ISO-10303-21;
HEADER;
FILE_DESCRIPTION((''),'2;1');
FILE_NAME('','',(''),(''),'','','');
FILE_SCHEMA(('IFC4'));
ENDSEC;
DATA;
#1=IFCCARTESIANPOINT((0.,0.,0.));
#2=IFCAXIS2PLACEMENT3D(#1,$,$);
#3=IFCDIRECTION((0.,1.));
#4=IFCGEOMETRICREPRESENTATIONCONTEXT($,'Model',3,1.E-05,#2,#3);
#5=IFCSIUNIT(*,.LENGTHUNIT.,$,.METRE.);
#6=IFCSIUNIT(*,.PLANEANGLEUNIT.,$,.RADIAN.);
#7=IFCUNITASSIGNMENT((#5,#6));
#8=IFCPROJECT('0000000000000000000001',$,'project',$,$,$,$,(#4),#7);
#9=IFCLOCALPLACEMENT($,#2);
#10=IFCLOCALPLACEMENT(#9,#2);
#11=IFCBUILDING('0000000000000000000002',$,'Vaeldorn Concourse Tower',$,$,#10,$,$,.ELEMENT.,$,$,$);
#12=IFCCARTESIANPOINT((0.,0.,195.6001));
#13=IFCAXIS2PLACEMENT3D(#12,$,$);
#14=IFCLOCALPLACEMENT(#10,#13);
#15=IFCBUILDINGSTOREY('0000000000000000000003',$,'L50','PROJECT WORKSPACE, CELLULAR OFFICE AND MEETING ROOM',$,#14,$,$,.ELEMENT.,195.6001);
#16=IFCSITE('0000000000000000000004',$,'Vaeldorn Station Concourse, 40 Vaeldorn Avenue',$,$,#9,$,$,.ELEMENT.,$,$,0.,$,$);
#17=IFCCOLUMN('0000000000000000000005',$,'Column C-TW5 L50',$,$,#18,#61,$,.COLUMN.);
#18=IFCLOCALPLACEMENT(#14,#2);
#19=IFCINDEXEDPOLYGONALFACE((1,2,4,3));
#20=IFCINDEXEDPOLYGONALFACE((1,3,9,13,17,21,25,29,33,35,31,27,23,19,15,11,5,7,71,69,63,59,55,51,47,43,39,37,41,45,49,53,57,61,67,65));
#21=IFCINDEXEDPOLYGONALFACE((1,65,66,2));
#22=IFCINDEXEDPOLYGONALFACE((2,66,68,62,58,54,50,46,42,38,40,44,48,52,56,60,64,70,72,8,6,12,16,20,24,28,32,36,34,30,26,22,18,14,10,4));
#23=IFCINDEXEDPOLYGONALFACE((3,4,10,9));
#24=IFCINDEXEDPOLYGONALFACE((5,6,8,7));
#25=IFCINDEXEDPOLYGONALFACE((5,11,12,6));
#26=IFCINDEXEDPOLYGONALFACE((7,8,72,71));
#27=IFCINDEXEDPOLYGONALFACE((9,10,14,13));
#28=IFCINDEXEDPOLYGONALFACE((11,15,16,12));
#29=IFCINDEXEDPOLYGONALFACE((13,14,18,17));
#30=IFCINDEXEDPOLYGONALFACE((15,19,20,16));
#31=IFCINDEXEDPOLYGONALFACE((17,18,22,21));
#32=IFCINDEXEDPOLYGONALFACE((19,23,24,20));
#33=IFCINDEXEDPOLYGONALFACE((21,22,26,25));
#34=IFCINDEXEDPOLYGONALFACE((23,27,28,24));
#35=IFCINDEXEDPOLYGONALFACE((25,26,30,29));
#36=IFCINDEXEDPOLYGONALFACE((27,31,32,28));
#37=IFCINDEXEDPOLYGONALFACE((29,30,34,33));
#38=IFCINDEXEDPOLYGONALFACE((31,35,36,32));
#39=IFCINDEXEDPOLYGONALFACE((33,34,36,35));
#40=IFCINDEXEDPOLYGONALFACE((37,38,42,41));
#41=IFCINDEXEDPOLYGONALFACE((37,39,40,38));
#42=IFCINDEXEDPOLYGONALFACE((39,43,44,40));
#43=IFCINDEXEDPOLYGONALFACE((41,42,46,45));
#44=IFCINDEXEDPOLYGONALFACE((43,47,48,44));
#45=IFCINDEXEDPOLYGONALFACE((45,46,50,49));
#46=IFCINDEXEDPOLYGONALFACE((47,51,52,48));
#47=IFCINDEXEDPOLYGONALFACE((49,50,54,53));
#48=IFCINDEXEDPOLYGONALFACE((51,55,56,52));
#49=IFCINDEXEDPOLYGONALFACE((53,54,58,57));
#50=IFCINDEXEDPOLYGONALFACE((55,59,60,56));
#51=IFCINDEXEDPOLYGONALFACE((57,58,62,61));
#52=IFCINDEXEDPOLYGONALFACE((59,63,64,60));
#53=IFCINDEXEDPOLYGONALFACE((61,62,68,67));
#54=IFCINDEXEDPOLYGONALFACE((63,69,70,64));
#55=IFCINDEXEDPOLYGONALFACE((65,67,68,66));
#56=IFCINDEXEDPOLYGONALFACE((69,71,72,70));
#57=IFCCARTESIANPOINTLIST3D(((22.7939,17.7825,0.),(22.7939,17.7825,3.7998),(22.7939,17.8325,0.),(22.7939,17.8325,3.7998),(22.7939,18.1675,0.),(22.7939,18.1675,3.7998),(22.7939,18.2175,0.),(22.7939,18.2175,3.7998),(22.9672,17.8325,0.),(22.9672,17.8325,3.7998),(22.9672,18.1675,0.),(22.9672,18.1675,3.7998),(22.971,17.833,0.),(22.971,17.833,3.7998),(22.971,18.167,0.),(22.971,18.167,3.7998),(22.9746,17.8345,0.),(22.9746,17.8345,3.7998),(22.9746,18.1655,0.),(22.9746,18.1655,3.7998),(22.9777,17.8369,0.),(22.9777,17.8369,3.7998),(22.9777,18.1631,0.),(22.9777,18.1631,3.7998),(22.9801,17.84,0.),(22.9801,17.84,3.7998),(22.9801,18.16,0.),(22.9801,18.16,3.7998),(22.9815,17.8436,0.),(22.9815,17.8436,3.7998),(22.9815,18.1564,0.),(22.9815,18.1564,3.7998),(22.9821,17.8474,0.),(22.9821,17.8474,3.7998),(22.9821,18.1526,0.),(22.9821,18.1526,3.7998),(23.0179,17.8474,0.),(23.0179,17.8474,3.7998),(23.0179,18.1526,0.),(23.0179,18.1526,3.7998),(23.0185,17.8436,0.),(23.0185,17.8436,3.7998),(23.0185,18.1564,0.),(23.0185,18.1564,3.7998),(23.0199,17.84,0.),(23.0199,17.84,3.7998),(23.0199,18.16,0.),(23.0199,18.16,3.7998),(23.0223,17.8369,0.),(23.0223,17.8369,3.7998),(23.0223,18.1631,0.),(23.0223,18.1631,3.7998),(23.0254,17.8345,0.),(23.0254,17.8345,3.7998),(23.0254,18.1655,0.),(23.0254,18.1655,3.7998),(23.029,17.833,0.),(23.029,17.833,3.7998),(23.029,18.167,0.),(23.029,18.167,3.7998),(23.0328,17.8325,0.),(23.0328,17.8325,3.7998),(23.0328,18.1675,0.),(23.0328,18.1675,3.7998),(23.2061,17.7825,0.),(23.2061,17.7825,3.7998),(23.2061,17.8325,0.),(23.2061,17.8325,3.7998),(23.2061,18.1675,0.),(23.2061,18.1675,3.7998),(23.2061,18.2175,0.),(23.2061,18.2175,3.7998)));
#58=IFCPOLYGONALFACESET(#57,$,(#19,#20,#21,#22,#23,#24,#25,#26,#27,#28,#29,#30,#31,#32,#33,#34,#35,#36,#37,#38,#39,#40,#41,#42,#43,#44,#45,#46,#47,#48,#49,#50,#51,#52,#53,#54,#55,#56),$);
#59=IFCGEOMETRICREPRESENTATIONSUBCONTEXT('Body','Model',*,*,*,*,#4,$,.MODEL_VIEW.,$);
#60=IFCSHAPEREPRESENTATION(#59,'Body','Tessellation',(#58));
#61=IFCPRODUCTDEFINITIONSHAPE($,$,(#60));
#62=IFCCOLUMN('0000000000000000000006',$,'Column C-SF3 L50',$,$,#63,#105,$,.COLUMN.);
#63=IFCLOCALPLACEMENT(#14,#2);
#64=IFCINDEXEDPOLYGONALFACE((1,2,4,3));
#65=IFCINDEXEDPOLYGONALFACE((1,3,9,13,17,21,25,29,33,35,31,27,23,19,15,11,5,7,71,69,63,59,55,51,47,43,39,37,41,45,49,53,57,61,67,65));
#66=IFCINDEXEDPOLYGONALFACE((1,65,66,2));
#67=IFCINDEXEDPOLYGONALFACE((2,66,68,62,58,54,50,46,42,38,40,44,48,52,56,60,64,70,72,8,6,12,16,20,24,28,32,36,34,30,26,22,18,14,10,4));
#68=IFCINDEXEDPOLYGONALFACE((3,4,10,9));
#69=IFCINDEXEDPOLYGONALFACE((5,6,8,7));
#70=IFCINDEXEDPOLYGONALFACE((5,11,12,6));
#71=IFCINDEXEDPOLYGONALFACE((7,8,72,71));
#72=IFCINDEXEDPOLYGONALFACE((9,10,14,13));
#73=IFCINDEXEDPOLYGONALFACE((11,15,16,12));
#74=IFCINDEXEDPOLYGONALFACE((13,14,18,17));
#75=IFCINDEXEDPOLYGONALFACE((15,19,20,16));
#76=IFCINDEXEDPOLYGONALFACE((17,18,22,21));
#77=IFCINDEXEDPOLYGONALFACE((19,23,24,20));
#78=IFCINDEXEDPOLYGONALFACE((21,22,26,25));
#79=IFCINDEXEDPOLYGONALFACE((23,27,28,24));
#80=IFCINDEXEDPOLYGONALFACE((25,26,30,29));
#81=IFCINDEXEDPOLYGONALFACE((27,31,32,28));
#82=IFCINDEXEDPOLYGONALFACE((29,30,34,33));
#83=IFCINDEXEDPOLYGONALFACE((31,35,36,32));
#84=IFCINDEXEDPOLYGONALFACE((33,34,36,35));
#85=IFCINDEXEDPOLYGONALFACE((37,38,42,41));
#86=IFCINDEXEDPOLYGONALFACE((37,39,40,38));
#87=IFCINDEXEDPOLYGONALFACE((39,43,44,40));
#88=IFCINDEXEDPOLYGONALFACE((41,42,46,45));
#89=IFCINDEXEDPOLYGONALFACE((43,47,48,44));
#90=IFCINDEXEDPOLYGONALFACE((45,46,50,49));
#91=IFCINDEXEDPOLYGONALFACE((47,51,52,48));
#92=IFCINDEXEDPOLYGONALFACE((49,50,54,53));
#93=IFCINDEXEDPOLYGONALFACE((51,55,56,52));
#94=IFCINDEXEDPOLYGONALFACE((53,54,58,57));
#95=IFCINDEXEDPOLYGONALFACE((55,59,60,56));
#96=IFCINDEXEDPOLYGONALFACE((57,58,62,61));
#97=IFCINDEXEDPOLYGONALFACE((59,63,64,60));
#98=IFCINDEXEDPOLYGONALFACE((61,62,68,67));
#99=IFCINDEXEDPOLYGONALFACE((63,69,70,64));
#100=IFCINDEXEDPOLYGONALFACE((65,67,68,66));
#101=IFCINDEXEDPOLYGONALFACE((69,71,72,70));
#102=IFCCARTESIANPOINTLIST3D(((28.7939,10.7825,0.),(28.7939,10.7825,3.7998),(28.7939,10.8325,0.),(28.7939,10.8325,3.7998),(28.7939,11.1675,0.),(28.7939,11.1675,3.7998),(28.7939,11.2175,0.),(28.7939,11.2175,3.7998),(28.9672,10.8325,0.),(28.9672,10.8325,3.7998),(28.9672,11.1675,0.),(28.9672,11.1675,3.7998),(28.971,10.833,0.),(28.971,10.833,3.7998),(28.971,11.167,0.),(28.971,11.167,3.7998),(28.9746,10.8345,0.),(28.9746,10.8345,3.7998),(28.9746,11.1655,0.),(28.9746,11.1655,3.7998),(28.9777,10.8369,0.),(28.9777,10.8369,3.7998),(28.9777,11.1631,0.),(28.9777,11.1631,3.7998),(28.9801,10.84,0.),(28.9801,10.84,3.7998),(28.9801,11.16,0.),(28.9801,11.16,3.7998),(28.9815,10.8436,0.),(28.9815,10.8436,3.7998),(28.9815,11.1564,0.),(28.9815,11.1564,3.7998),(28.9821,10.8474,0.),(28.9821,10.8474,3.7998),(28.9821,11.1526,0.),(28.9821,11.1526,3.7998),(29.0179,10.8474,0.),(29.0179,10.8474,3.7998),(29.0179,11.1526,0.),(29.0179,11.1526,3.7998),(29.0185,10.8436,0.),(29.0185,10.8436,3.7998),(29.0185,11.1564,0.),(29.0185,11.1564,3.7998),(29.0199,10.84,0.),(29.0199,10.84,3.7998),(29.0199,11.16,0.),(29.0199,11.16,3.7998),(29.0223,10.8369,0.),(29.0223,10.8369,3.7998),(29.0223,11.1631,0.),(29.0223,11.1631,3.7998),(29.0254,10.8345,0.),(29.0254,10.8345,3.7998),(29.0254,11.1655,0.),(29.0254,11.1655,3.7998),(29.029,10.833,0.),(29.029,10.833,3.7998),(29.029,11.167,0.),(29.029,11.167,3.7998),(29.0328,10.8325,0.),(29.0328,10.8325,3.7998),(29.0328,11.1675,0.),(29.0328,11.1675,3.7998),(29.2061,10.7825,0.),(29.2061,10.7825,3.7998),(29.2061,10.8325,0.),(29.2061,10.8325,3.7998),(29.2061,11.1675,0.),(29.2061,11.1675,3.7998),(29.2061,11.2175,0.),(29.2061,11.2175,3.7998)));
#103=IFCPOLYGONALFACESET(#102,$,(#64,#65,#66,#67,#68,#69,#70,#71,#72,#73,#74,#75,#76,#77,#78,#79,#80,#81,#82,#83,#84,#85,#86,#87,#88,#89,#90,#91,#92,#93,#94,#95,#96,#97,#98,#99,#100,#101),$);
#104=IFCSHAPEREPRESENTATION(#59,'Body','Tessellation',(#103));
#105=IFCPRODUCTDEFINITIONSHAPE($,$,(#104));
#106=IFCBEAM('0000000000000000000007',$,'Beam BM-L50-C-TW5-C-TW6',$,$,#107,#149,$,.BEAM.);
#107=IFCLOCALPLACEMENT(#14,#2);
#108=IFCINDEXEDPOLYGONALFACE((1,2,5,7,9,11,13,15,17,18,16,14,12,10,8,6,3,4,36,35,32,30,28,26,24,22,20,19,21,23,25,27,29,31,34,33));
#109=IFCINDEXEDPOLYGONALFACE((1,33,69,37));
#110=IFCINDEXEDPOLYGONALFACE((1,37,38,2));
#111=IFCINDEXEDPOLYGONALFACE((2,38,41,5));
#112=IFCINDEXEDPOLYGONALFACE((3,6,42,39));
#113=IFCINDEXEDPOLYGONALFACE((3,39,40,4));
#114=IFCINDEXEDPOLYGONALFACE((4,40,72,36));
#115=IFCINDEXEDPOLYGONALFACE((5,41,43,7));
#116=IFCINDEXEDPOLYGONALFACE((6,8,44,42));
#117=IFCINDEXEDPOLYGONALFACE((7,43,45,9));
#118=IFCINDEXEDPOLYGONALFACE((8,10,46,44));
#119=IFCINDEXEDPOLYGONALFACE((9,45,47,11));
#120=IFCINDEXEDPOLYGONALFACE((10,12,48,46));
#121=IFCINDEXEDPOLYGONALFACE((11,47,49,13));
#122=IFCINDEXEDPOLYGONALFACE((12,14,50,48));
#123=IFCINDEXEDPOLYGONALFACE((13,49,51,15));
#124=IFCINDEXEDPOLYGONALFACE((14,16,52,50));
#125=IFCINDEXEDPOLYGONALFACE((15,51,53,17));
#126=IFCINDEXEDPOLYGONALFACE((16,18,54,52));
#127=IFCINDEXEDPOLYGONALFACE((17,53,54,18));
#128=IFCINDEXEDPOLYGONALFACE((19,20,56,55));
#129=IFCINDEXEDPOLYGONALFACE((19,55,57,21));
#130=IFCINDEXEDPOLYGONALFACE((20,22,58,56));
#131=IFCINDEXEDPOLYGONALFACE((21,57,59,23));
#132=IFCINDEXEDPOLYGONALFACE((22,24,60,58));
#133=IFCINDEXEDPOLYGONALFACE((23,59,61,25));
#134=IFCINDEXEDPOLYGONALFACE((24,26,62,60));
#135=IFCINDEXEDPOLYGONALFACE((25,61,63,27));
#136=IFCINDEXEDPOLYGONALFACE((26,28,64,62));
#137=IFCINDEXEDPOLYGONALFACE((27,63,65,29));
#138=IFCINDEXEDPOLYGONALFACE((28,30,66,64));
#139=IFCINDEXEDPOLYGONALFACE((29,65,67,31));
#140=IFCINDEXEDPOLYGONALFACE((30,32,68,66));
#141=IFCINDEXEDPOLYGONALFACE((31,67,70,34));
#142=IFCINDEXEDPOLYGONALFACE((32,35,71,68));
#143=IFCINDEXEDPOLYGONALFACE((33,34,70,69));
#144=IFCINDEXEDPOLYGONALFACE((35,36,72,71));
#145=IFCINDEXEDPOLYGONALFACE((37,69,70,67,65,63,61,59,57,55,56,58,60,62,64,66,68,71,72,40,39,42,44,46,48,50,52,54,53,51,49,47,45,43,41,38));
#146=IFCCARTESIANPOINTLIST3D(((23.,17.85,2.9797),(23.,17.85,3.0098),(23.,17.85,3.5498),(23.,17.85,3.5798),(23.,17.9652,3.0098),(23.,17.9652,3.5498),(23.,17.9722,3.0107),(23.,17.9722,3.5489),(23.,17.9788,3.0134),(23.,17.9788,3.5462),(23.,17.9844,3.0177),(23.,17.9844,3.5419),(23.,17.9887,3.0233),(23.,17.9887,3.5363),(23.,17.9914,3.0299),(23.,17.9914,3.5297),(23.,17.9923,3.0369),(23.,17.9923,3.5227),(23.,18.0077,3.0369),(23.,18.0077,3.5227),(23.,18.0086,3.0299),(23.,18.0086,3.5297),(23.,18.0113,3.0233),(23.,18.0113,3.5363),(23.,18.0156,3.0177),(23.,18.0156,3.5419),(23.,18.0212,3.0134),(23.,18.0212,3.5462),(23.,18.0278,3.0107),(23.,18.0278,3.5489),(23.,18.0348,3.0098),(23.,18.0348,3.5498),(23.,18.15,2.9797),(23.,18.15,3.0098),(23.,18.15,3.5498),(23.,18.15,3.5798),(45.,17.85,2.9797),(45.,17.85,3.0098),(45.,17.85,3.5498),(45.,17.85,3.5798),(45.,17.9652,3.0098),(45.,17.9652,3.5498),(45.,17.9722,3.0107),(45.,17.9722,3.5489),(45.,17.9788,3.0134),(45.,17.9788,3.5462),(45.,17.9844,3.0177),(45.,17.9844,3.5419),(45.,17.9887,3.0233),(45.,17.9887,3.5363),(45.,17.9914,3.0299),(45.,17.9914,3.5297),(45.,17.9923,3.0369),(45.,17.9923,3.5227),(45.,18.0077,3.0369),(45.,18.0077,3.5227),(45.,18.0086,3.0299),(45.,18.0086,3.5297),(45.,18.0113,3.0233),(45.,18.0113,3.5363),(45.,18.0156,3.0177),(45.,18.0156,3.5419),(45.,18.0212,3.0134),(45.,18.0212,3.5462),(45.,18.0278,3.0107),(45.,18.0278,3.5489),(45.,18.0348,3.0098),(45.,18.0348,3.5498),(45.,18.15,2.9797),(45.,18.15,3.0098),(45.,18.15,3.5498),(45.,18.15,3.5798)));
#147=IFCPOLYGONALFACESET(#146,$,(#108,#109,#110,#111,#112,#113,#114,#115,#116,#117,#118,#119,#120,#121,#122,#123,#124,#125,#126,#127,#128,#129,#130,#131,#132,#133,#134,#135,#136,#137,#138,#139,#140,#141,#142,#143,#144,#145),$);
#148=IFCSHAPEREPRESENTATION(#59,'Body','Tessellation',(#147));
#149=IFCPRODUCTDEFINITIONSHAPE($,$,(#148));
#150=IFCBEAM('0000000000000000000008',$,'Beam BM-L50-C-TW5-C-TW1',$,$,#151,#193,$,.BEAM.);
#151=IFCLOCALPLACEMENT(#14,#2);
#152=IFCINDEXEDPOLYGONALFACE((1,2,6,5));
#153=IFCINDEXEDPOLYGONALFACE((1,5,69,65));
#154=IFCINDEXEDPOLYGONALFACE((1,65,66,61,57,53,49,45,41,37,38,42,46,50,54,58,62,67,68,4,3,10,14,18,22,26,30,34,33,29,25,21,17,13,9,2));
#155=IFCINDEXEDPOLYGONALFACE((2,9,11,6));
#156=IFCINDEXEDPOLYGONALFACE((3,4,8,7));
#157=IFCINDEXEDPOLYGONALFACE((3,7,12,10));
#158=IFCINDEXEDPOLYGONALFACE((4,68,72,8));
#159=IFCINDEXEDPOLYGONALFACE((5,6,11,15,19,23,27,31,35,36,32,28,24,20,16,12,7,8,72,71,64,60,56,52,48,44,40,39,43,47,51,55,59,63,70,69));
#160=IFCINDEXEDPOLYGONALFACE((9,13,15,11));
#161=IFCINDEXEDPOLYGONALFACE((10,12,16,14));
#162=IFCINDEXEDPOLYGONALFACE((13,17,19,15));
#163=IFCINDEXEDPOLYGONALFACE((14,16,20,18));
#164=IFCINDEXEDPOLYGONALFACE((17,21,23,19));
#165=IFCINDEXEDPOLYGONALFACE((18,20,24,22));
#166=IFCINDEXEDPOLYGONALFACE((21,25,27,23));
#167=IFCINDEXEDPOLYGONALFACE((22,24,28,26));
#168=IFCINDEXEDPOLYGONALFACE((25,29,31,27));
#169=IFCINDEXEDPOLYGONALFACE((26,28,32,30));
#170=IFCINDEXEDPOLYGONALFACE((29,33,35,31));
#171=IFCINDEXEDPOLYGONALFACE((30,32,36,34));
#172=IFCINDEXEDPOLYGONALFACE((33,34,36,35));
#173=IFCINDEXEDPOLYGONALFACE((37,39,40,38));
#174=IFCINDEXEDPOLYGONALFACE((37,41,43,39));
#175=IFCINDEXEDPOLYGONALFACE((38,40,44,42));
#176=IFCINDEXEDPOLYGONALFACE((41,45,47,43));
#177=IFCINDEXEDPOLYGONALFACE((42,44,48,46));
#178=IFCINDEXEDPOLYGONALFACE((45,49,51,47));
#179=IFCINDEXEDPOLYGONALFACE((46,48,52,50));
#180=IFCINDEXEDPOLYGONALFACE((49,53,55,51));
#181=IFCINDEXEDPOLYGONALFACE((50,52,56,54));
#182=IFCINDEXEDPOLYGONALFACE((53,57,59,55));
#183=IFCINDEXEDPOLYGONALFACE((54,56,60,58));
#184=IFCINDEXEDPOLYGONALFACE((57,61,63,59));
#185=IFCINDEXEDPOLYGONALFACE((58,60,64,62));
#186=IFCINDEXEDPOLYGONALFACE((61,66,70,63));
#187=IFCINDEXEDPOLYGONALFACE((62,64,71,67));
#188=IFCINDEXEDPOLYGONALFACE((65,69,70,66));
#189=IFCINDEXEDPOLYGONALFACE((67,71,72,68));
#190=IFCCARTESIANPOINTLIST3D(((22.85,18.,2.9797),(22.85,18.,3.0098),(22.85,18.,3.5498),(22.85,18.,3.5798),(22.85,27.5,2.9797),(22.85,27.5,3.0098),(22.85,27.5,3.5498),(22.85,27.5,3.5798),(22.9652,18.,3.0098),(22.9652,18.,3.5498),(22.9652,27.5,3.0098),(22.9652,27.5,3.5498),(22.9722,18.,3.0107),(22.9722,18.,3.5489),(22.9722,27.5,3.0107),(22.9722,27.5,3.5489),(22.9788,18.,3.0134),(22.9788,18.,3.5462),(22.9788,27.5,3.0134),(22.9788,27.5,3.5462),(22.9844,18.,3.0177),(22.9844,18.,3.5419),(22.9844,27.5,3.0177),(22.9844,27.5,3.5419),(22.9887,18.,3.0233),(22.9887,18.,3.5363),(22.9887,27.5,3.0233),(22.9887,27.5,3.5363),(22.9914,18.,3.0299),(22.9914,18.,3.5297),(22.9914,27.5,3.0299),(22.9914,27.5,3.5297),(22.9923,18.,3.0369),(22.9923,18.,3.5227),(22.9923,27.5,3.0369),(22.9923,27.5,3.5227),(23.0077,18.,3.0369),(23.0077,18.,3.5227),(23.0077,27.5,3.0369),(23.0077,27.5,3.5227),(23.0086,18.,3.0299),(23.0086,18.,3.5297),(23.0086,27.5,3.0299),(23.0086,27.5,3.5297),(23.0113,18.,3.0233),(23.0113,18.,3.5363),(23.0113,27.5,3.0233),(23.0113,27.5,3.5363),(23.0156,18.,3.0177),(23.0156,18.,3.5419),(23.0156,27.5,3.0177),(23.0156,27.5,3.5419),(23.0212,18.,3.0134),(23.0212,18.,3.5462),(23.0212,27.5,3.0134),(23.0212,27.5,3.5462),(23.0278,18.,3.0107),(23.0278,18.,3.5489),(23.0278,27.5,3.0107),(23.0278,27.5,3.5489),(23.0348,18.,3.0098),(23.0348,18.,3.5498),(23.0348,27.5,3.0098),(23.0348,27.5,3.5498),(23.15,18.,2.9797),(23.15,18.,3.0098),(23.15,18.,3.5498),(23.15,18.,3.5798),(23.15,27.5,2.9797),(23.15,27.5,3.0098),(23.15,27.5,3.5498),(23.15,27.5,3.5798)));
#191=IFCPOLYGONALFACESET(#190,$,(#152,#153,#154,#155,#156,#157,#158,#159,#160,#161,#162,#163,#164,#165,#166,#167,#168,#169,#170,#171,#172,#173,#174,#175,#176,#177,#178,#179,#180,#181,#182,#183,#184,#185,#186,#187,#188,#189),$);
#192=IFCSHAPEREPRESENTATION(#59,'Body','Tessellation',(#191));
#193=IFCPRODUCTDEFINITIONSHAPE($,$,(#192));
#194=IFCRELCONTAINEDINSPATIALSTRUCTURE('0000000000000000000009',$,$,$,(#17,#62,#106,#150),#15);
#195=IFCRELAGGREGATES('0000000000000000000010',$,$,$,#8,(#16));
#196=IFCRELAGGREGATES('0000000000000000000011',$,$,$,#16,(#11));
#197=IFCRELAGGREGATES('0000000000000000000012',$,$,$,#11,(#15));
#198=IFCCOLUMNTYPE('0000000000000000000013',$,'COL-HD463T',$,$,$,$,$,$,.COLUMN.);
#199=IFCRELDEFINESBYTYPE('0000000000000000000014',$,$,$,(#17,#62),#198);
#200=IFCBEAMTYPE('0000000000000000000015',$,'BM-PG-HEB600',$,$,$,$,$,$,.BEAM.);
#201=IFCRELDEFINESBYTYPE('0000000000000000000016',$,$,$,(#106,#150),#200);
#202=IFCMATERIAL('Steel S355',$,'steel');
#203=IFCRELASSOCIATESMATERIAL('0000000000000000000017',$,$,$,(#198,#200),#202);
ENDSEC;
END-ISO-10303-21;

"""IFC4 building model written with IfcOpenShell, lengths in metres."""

from ifc_helpers import new_model, si_unit, direction, frame, origin, origin_2d, place, context, subcontext, project, spatial, i_section, extrude, source, transform, mapped, material, material_profile, profile_set, type_object, element, save


model = new_model("IFC4")

# Units and contexts
model_context = context("Model", 3, precision=1e-05, world=origin(), true_north=direction((0.0, 1.0)))
body_context = subcontext(model_context, "Body", "Model", "MODEL_VIEW")
ifc_project = project(units=[si_unit("LENGTHUNIT", "METRE"), si_unit("PLANEANGLEUNIT", "RADIAN")], contexts=[model_context])

# Site, building, storey
site_placement = place(None, origin())
site = spatial("IfcSite", under=ifc_project, at=site_placement, Name="Vaeldorn Station Concourse, 40 Vaeldorn Avenue", CompositionType="ELEMENT", RefElevation=0.0)
building_placement = place(site_placement, origin())
building = spatial("IfcBuilding", under=site, at=building_placement, Name="Vaeldorn Concourse Tower", CompositionType="ELEMENT")
storey_placement = place(building_placement, frame((0.0, 0.0, 195.6001)))
storey = spatial("IfcBuildingStorey", under=building, at=storey_placement, Name="L50", Description="PROJECT WORKSPACE, CELLULAR OFFICE AND MEETING ROOM", CompositionType="ELEMENT", Elevation=195.6001)

# Columns
ifc_material_1 = material(Name="Steel S355", Category="steel")
ifc_material_profile_1 = material_profile(ifc_material_1, i_section(OverallWidth=0.4121, OverallDepth=0.4351, WebThickness=0.0359, FlangeThickness=0.05, FilletRadius=0.0149, at=origin_2d()), Name="HD 400x463")
ifc_profile_set_1 = profile_set([ifc_material_profile_1], Name="Steel S355")
column_type = type_object("IfcColumnType", Name="COL-HD463T", PredefinedType="COLUMN", material=ifc_profile_set_1)
shared_shape_1 = source(origin(), body_context, "Body", "SweptSolid", [
    extrude(i_section(OverallWidth=0.4121, OverallDepth=0.4351, WebThickness=0.0359, FlangeThickness=0.05, FilletRadius=0.0149, at=origin_2d()), origin(), (0.0, 0.0, 1.0), 3.7998),
])
for number, where, z_axis, x_axis, name in (
    (1, (23.0, 18.0, 0.0), (0.0, 0.0, 1.0), (1.0, 0.0, 0.0), "Column C-TW5 L50"),
    (2, (29.0, 11.0, 0.0), (0.0, 0.0, 1.0), (1.0, 0.0, 0.0), "Column C-SF3 L50"),
):
    element("IfcColumn", number, at=place(storey_placement, frame(where, z_axis=z_axis, x_axis=x_axis)), inside=storey, type_object=column_type, Name=name, PredefinedType="COLUMN", context=body_context, shape_type="MappedRepresentation", body=[
        mapped(shared_shape_1, transform((0.0, 0.0, 0.0), scale=1.0)),
    ])

# Beams
ifc_material_profile_2 = material_profile(ifc_material_1, i_section(OverallWidth=0.3, OverallDepth=0.6001, WebThickness=0.0154, FlangeThickness=0.03, FilletRadius=0.0271, at=origin_2d()), Name="HEB 600")
ifc_profile_set_2 = profile_set([ifc_material_profile_2], Name="Steel S355")
beam_type_1 = type_object("IfcBeamType", Name="BM-PG-HEB600", PredefinedType="BEAM", material=ifc_profile_set_2)
shared_shape_2 = source(origin(), body_context, "Body", "SweptSolid", [
    extrude(i_section(OverallWidth=0.3, OverallDepth=0.6001, WebThickness=0.0154, FlangeThickness=0.03, FilletRadius=0.0271, at=origin_2d()), origin(), (0.0, 0.0, 1.0), 22.0),
])
beam_1_placement = place(storey_placement, frame((23.0, 18.0, 3.2798), z_axis=(1.0, 0.0, 0.0), x_axis=(0.0, 1.0, 0.0)))
element("IfcBeam", 3, at=beam_1_placement, inside=storey, type_object=beam_type_1, Name="Beam BM-L50-C-TW5-C-TW6", PredefinedType="BEAM", context=body_context, shape_type="MappedRepresentation", body=[
    mapped(shared_shape_2, transform((0.0, 0.0, 0.0), scale=1.0)),
])
shared_shape_3 = source(origin(), body_context, "Body", "SweptSolid", [
    extrude(i_section(OverallWidth=0.3, OverallDepth=0.6001, WebThickness=0.0154, FlangeThickness=0.03, FilletRadius=0.0271, at=origin_2d()), origin(), (0.0, 0.0, 1.0), 9.5),
])
beam_2_placement = place(storey_placement, frame((23.0, 18.0, 3.2798), z_axis=(0.0, 1.0, 0.0), x_axis=(-1.0, 0.0, 0.0)))
element("IfcBeam", 4, at=beam_2_placement, inside=storey, type_object=beam_type_1, Name="Beam BM-L50-C-TW5-C-TW1", PredefinedType="BEAM", context=body_context, shape_type="MappedRepresentation", body=[
    mapped(shared_shape_3, transform((0.0, 0.0, 0.0), scale=1.0)),
])

save(model, "model.ifc")
